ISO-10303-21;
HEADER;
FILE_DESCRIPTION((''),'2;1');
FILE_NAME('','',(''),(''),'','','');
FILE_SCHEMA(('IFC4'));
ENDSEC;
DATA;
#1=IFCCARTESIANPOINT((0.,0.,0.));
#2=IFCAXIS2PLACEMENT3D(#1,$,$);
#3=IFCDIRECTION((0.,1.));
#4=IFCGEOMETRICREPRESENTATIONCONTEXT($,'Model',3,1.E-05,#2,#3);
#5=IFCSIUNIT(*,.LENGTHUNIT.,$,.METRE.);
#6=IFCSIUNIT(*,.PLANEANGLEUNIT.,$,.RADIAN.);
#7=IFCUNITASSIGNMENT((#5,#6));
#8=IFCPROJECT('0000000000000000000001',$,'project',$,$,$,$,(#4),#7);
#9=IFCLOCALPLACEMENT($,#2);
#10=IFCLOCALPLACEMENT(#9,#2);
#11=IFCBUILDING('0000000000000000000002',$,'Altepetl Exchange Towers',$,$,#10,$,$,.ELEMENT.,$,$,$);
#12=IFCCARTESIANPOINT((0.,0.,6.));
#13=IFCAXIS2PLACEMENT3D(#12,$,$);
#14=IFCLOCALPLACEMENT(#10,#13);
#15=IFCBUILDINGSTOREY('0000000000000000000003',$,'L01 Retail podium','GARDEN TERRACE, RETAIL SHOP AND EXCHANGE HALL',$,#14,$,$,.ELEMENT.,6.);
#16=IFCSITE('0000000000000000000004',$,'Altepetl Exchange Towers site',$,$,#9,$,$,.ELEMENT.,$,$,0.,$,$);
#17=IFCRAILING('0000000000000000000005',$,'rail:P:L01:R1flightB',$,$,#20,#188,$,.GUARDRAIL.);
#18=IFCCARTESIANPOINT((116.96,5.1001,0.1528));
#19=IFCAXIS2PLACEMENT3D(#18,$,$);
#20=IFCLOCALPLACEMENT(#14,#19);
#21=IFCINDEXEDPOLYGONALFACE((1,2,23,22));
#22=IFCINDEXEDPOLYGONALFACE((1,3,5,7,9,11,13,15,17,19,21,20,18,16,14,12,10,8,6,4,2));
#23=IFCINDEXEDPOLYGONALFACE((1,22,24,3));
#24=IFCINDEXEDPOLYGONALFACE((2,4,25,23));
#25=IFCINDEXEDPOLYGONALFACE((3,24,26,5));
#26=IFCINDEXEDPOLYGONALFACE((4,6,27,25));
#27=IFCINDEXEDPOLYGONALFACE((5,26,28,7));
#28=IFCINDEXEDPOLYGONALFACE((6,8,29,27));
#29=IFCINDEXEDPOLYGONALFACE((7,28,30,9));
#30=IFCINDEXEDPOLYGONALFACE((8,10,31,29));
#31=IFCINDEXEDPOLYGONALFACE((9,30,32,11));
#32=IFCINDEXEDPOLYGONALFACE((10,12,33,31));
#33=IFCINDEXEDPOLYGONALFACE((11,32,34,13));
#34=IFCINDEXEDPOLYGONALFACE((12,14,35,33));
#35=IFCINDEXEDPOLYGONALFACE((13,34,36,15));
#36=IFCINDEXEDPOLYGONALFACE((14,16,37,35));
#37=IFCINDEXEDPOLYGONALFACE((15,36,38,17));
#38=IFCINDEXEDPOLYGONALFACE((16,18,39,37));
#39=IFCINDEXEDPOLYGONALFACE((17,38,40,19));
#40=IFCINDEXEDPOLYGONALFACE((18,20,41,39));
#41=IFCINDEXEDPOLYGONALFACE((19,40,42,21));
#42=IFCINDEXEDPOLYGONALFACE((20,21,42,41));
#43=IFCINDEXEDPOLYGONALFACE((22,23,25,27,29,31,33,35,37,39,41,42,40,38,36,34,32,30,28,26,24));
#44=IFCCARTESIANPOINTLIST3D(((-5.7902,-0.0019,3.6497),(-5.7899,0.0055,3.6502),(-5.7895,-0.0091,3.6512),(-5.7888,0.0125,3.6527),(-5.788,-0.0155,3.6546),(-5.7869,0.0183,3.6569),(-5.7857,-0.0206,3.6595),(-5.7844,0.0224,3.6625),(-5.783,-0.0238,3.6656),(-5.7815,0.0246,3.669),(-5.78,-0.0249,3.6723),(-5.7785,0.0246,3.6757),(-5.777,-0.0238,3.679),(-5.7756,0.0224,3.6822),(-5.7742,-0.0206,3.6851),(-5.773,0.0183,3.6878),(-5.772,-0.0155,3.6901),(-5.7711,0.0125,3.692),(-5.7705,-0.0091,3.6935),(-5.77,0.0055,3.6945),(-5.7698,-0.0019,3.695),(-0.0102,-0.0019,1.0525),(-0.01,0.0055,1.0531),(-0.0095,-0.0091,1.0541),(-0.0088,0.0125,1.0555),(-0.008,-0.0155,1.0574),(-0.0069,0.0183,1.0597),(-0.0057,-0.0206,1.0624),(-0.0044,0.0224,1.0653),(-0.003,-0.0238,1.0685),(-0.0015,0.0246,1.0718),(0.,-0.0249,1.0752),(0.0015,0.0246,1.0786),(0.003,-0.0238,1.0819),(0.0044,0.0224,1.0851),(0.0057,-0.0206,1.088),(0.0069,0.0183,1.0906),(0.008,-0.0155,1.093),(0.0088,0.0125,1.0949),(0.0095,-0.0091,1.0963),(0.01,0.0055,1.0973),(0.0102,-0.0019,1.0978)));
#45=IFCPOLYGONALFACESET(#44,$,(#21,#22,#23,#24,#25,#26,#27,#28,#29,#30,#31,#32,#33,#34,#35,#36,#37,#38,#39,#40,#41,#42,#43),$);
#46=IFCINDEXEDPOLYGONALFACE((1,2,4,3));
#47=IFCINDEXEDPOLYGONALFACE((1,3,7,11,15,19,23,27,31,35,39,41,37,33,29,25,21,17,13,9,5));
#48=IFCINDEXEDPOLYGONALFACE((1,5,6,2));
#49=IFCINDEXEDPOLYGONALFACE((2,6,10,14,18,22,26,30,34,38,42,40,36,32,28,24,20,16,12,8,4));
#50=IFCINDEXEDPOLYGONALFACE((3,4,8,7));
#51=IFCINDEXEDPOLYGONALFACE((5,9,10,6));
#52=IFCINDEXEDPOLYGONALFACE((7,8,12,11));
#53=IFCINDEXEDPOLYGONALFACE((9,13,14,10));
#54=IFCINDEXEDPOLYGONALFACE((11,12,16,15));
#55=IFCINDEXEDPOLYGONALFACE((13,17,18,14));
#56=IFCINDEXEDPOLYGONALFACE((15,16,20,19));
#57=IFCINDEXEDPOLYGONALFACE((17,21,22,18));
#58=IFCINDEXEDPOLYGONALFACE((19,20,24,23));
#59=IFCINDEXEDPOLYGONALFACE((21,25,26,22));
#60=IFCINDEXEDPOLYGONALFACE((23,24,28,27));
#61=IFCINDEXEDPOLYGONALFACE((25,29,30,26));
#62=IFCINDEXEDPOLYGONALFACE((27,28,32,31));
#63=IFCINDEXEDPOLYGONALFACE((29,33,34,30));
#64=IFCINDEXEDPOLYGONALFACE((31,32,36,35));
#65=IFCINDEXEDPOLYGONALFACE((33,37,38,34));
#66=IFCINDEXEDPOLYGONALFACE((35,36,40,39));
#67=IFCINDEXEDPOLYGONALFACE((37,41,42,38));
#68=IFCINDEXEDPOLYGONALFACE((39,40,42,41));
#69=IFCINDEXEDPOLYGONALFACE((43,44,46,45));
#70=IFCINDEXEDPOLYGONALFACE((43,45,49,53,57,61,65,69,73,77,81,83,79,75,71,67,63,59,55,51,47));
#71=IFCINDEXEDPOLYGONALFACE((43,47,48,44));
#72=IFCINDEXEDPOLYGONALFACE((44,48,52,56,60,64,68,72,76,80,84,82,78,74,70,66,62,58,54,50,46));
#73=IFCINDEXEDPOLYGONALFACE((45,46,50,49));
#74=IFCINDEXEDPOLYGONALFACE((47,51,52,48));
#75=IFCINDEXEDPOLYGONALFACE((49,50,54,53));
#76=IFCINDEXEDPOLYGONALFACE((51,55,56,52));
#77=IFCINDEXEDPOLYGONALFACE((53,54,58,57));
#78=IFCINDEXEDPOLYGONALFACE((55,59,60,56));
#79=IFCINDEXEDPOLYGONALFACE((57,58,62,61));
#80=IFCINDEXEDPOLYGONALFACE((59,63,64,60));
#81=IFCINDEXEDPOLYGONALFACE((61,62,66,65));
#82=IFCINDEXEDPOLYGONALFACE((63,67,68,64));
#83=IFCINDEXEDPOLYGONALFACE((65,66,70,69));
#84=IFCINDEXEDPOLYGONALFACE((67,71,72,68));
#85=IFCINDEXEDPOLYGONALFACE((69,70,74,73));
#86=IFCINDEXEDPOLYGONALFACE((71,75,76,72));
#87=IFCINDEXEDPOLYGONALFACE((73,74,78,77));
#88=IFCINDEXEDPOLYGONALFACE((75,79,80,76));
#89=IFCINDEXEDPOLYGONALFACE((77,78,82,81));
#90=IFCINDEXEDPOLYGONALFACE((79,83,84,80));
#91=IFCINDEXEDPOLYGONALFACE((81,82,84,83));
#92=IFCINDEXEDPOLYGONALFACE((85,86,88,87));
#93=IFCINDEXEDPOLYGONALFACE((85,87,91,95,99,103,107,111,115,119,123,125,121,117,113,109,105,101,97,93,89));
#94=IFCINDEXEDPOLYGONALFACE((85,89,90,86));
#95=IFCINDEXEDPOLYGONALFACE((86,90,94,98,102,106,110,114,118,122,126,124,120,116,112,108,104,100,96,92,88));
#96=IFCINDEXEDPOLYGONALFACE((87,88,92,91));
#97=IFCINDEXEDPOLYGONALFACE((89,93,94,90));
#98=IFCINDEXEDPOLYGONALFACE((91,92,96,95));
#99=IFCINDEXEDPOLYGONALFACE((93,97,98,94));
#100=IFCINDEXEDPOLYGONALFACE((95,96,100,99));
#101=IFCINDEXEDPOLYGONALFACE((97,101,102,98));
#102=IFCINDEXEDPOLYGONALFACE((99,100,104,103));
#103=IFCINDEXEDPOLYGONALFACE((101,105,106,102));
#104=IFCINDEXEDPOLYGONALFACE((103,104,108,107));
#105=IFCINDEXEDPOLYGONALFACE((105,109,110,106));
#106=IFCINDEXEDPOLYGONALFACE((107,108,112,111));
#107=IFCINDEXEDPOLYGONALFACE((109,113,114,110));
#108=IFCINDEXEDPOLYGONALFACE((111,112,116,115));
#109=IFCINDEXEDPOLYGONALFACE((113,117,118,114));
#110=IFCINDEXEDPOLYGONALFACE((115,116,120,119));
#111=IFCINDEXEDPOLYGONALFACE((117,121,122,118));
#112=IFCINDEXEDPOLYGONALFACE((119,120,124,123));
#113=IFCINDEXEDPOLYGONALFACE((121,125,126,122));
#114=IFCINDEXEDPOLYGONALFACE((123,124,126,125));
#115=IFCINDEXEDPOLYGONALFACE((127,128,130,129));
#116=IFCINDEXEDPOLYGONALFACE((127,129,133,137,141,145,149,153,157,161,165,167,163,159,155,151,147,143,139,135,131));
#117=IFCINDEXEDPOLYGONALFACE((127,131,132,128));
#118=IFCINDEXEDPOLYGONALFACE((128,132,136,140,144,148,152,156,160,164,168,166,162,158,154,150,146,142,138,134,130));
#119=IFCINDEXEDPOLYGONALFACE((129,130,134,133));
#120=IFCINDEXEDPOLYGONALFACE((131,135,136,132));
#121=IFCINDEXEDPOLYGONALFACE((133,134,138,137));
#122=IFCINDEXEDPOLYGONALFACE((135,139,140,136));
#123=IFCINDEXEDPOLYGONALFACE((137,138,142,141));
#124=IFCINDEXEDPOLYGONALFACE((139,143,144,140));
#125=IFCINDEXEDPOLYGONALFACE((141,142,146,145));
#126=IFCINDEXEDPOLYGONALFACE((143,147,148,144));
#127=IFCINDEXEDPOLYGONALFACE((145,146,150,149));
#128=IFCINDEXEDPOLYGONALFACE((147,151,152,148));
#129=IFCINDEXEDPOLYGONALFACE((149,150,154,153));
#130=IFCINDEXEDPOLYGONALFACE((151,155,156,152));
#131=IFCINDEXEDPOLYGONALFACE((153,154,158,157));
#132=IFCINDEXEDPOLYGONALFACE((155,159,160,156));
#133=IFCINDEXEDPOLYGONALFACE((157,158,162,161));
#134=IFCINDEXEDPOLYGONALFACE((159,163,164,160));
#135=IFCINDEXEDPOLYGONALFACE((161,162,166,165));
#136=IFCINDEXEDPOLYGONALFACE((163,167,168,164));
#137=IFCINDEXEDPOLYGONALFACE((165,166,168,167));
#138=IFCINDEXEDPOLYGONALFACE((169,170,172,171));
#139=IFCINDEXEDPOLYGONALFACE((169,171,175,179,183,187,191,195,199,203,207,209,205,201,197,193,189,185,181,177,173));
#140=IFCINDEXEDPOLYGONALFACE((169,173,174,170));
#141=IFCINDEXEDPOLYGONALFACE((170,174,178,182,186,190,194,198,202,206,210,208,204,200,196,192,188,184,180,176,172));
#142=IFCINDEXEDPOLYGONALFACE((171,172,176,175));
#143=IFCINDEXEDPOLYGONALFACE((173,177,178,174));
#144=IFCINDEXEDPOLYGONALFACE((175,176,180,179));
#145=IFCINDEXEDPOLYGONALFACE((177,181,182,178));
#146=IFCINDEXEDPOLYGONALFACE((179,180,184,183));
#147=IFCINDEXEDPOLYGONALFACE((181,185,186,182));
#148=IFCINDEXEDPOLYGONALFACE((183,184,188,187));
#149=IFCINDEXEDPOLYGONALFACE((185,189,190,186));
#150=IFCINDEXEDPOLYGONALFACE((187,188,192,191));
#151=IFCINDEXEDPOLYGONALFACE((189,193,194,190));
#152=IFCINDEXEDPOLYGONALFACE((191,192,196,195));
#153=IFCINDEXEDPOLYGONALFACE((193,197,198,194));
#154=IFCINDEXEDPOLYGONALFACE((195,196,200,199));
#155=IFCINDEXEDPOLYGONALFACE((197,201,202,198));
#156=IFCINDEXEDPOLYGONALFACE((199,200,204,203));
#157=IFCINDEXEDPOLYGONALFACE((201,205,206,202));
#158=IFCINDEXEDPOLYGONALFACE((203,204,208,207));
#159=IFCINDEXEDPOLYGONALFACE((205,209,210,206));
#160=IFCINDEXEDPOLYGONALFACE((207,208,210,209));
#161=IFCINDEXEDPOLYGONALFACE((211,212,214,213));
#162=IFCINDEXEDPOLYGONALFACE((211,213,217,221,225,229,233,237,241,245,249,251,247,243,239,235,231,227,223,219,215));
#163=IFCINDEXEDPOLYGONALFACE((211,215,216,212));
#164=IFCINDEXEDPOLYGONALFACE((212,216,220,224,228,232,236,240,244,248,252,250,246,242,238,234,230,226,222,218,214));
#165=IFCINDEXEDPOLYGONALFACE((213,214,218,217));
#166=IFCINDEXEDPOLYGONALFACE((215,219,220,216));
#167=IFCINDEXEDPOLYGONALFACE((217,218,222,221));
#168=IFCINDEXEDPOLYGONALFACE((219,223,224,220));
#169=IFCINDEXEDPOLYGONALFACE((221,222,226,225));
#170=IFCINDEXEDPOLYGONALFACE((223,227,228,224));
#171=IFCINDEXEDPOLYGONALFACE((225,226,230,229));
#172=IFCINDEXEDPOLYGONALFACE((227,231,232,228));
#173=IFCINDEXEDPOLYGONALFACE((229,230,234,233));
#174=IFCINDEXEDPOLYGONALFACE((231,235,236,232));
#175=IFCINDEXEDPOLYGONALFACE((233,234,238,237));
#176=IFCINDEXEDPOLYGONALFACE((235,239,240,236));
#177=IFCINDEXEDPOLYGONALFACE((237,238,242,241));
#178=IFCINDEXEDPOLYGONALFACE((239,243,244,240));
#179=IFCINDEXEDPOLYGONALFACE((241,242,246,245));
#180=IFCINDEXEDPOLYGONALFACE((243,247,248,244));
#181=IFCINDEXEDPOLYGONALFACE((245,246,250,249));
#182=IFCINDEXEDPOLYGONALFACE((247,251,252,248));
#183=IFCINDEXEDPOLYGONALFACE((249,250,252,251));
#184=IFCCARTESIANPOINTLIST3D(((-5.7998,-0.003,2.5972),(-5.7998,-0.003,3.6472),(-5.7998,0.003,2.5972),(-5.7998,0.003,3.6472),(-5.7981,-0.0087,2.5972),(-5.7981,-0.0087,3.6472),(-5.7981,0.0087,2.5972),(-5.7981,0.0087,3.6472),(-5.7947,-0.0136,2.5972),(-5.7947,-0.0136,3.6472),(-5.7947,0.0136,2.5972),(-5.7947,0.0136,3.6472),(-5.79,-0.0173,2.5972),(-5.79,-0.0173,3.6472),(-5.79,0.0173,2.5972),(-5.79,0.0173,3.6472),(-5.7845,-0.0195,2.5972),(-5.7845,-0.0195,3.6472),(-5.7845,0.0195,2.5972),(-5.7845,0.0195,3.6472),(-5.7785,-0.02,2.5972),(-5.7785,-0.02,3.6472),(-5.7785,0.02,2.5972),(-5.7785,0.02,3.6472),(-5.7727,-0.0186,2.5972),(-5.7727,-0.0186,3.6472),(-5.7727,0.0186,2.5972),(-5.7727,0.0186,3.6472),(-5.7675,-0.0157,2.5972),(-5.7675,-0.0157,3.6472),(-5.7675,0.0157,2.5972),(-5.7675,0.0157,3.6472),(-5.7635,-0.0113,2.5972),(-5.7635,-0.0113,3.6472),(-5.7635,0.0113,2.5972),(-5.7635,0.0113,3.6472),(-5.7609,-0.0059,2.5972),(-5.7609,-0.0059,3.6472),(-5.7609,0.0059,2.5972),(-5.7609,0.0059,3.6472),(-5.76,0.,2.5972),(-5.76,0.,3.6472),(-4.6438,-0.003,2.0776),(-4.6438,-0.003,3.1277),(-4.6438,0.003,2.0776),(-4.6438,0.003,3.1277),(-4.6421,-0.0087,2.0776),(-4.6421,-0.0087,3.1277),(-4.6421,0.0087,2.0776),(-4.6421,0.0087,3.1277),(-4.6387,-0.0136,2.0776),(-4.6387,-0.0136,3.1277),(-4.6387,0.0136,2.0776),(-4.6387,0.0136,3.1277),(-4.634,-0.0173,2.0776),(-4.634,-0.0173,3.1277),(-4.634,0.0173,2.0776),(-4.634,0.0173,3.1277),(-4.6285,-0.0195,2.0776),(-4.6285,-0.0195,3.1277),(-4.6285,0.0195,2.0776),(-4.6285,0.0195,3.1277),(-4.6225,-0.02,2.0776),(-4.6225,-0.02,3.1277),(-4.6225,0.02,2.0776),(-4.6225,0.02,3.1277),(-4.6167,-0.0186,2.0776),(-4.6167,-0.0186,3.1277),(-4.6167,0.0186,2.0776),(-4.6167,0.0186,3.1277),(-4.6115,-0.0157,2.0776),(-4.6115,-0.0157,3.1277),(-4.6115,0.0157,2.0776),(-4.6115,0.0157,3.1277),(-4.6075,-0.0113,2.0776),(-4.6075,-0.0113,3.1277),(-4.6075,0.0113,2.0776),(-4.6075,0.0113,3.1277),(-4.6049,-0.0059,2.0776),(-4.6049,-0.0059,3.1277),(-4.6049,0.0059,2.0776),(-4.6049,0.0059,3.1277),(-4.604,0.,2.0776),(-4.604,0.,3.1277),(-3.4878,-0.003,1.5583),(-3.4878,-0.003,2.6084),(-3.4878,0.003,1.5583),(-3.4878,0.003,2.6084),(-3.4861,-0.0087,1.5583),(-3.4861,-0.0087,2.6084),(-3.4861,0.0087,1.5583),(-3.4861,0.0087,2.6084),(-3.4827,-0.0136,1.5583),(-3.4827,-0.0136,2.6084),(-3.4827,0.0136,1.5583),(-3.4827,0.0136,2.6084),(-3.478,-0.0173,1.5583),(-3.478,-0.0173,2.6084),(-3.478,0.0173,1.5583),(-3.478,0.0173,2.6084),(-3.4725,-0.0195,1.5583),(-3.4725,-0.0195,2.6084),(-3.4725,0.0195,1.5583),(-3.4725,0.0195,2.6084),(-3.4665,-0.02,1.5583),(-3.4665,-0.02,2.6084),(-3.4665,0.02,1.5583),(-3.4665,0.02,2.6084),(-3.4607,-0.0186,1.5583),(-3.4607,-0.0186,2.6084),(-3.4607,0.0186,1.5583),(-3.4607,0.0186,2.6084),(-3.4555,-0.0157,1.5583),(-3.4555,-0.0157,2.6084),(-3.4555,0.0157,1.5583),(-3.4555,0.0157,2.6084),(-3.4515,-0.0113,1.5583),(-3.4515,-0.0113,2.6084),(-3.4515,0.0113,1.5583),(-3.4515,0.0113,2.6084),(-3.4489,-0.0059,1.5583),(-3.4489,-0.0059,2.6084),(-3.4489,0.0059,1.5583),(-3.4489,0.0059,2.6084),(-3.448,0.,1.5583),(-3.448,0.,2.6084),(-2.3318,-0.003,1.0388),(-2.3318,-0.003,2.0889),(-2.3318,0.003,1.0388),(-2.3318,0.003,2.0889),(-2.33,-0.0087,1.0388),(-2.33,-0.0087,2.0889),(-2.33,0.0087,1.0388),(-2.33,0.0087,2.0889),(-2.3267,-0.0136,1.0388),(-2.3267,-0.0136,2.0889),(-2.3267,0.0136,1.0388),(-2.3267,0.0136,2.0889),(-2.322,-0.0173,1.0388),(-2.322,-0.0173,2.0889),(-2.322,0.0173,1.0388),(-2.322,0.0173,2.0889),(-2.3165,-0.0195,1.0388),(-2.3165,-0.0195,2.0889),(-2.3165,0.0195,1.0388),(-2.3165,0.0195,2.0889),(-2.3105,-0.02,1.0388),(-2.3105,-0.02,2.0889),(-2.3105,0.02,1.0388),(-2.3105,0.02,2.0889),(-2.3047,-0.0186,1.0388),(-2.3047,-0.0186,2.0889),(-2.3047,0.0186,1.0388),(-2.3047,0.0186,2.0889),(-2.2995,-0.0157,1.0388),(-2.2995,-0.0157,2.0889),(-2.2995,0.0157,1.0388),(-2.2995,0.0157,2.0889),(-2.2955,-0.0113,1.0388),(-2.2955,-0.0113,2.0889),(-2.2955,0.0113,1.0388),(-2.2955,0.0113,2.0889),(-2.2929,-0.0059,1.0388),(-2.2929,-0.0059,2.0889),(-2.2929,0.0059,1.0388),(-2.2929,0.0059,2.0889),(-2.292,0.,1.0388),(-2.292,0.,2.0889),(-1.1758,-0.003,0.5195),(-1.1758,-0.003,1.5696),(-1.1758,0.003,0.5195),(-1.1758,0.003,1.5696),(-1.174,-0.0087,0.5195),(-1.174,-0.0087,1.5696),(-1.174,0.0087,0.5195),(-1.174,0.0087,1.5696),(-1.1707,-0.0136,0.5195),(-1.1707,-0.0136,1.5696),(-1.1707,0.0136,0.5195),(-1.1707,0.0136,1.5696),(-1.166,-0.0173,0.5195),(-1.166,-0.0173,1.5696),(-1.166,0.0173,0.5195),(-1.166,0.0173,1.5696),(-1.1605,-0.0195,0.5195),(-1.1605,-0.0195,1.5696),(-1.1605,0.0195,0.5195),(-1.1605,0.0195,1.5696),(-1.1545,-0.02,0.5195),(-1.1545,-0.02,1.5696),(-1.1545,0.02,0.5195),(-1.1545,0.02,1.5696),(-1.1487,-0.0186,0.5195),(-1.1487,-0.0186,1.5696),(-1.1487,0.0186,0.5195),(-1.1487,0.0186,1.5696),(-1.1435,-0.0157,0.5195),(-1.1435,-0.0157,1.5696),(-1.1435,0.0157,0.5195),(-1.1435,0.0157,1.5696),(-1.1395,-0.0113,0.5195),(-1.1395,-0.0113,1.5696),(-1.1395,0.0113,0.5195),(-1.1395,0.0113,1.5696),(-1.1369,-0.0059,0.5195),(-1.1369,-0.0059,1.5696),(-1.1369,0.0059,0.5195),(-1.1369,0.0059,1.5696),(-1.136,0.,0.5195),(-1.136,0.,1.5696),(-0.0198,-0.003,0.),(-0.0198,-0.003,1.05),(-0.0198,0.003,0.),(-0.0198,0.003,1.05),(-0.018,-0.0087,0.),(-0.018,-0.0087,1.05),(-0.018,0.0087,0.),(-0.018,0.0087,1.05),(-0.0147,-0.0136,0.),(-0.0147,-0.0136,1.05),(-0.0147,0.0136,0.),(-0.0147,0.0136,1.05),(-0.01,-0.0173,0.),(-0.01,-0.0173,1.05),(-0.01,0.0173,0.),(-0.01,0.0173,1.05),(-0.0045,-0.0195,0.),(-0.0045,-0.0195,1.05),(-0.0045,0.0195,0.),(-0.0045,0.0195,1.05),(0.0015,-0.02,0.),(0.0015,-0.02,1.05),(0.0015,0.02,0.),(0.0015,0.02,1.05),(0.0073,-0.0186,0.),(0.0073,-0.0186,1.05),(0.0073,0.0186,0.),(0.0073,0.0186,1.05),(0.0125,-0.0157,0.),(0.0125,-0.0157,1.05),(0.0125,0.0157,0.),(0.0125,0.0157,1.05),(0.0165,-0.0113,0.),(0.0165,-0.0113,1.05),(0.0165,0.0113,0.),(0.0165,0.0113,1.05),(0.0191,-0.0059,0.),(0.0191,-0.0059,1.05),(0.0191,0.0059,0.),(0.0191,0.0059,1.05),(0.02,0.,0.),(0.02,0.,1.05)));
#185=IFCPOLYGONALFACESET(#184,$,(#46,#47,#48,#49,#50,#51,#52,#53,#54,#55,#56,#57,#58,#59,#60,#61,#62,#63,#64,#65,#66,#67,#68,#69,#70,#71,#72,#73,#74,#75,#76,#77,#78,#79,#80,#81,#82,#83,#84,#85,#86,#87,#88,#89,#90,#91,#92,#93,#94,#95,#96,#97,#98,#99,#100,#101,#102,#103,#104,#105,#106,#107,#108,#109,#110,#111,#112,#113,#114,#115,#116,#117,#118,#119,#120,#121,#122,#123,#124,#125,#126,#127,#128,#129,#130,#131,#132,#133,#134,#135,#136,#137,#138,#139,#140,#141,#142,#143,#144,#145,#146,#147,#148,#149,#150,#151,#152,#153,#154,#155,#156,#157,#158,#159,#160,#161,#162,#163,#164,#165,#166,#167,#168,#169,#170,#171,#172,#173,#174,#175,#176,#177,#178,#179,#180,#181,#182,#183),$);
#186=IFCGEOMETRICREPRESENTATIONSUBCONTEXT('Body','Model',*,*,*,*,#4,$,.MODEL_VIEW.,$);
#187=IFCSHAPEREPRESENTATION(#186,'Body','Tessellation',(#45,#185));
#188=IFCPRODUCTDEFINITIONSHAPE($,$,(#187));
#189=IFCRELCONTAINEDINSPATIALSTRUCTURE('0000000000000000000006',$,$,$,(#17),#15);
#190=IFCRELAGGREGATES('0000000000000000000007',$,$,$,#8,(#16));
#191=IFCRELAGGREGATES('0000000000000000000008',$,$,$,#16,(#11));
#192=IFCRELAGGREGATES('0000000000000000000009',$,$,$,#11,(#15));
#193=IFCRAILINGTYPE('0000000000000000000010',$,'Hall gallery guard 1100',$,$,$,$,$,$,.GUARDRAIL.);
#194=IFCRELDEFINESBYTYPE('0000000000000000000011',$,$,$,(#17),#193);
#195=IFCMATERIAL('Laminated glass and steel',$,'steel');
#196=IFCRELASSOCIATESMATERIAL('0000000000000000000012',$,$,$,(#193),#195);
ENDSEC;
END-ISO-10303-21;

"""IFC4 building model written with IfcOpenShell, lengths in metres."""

from ifc_helpers import new_model, si_unit, direction, frame, origin, origin_2d, place, context, subcontext, project, spatial, circle, extrude, source, transform, mapped, material, type_object, element, save


model = new_model("IFC4")

# Units and contexts
model_context = context("Model", 3, precision=1e-05, world=origin(), true_north=direction((0.0, 1.0)))
body_context = subcontext(model_context, "Body", "Model", "MODEL_VIEW")
ifc_project = project(units=[si_unit("LENGTHUNIT", "METRE"), si_unit("PLANEANGLEUNIT", "RADIAN")], contexts=[model_context])

# Site, building, storey
site_placement = place(None, origin())
site = spatial("IfcSite", under=ifc_project, at=site_placement, Name="Altepetl Exchange Towers site", CompositionType="ELEMENT", RefElevation=0.0)
building_placement = place(site_placement, origin())
building = spatial("IfcBuilding", under=site, at=building_placement, Name="Altepetl Exchange Towers", CompositionType="ELEMENT")
storey_placement = place(building_placement, frame((0.0, 0.0, 6.0)))
storey = spatial("IfcBuildingStorey", under=building, at=storey_placement, Name="L01 Retail podium", Description="GARDEN TERRACE, RETAIL SHOP AND EXCHANGE HALL", CompositionType="ELEMENT", Elevation=6.0)

# Railing
ifc_material_1 = material(Name="Laminated glass and steel", Category="steel")
railing_type_1 = type_object("IfcRailingType", Name="Hall gallery guard 1100", PredefinedType="GUARDRAIL", material=ifc_material_1)
shared_shape_1 = source(origin(), body_context, "Body", "SweptSolid", [
    extrude(circle(Radius=0.02, at=origin_2d()), origin(), (0.0, 0.0, 1.0), 1.05),
])
for number, where, name in (
    (1, (116.96, 5.1001, 0.1528), "rail:P:L01:R1flightB"),
):
    element("IfcRailing", number, at=place(storey_placement, frame(where)), inside=storey, type_object=railing_type_1, Name=name, PredefinedType="GUARDRAIL", context=body_context, shape_type="SweptSolid", body=[
        extrude(circle(Radius=0.0249, at=origin_2d()), frame((0.0, 0.0, 1.0752), z_axis=(-0.912148, 0.0, 0.40986), x_axis=(0.0, -1.0, 0.0)), (0.0, 0.0, 1.0), 6.3367),
        mapped(shared_shape_1, transform((0.0, 0.0, 0.0))),
        mapped(shared_shape_1, transform((-1.156, 0.0, 0.5195))),
        mapped(shared_shape_1, transform((-2.312, 0.0, 1.0388))),
        mapped(shared_shape_1, transform((-3.468, 0.0, 1.5583))),
        mapped(shared_shape_1, transform((-4.624, 0.0, 2.0776))),
        mapped(shared_shape_1, transform((-5.78, 0.0, 2.5972))),
    ])

save(model, "model.ifc")
